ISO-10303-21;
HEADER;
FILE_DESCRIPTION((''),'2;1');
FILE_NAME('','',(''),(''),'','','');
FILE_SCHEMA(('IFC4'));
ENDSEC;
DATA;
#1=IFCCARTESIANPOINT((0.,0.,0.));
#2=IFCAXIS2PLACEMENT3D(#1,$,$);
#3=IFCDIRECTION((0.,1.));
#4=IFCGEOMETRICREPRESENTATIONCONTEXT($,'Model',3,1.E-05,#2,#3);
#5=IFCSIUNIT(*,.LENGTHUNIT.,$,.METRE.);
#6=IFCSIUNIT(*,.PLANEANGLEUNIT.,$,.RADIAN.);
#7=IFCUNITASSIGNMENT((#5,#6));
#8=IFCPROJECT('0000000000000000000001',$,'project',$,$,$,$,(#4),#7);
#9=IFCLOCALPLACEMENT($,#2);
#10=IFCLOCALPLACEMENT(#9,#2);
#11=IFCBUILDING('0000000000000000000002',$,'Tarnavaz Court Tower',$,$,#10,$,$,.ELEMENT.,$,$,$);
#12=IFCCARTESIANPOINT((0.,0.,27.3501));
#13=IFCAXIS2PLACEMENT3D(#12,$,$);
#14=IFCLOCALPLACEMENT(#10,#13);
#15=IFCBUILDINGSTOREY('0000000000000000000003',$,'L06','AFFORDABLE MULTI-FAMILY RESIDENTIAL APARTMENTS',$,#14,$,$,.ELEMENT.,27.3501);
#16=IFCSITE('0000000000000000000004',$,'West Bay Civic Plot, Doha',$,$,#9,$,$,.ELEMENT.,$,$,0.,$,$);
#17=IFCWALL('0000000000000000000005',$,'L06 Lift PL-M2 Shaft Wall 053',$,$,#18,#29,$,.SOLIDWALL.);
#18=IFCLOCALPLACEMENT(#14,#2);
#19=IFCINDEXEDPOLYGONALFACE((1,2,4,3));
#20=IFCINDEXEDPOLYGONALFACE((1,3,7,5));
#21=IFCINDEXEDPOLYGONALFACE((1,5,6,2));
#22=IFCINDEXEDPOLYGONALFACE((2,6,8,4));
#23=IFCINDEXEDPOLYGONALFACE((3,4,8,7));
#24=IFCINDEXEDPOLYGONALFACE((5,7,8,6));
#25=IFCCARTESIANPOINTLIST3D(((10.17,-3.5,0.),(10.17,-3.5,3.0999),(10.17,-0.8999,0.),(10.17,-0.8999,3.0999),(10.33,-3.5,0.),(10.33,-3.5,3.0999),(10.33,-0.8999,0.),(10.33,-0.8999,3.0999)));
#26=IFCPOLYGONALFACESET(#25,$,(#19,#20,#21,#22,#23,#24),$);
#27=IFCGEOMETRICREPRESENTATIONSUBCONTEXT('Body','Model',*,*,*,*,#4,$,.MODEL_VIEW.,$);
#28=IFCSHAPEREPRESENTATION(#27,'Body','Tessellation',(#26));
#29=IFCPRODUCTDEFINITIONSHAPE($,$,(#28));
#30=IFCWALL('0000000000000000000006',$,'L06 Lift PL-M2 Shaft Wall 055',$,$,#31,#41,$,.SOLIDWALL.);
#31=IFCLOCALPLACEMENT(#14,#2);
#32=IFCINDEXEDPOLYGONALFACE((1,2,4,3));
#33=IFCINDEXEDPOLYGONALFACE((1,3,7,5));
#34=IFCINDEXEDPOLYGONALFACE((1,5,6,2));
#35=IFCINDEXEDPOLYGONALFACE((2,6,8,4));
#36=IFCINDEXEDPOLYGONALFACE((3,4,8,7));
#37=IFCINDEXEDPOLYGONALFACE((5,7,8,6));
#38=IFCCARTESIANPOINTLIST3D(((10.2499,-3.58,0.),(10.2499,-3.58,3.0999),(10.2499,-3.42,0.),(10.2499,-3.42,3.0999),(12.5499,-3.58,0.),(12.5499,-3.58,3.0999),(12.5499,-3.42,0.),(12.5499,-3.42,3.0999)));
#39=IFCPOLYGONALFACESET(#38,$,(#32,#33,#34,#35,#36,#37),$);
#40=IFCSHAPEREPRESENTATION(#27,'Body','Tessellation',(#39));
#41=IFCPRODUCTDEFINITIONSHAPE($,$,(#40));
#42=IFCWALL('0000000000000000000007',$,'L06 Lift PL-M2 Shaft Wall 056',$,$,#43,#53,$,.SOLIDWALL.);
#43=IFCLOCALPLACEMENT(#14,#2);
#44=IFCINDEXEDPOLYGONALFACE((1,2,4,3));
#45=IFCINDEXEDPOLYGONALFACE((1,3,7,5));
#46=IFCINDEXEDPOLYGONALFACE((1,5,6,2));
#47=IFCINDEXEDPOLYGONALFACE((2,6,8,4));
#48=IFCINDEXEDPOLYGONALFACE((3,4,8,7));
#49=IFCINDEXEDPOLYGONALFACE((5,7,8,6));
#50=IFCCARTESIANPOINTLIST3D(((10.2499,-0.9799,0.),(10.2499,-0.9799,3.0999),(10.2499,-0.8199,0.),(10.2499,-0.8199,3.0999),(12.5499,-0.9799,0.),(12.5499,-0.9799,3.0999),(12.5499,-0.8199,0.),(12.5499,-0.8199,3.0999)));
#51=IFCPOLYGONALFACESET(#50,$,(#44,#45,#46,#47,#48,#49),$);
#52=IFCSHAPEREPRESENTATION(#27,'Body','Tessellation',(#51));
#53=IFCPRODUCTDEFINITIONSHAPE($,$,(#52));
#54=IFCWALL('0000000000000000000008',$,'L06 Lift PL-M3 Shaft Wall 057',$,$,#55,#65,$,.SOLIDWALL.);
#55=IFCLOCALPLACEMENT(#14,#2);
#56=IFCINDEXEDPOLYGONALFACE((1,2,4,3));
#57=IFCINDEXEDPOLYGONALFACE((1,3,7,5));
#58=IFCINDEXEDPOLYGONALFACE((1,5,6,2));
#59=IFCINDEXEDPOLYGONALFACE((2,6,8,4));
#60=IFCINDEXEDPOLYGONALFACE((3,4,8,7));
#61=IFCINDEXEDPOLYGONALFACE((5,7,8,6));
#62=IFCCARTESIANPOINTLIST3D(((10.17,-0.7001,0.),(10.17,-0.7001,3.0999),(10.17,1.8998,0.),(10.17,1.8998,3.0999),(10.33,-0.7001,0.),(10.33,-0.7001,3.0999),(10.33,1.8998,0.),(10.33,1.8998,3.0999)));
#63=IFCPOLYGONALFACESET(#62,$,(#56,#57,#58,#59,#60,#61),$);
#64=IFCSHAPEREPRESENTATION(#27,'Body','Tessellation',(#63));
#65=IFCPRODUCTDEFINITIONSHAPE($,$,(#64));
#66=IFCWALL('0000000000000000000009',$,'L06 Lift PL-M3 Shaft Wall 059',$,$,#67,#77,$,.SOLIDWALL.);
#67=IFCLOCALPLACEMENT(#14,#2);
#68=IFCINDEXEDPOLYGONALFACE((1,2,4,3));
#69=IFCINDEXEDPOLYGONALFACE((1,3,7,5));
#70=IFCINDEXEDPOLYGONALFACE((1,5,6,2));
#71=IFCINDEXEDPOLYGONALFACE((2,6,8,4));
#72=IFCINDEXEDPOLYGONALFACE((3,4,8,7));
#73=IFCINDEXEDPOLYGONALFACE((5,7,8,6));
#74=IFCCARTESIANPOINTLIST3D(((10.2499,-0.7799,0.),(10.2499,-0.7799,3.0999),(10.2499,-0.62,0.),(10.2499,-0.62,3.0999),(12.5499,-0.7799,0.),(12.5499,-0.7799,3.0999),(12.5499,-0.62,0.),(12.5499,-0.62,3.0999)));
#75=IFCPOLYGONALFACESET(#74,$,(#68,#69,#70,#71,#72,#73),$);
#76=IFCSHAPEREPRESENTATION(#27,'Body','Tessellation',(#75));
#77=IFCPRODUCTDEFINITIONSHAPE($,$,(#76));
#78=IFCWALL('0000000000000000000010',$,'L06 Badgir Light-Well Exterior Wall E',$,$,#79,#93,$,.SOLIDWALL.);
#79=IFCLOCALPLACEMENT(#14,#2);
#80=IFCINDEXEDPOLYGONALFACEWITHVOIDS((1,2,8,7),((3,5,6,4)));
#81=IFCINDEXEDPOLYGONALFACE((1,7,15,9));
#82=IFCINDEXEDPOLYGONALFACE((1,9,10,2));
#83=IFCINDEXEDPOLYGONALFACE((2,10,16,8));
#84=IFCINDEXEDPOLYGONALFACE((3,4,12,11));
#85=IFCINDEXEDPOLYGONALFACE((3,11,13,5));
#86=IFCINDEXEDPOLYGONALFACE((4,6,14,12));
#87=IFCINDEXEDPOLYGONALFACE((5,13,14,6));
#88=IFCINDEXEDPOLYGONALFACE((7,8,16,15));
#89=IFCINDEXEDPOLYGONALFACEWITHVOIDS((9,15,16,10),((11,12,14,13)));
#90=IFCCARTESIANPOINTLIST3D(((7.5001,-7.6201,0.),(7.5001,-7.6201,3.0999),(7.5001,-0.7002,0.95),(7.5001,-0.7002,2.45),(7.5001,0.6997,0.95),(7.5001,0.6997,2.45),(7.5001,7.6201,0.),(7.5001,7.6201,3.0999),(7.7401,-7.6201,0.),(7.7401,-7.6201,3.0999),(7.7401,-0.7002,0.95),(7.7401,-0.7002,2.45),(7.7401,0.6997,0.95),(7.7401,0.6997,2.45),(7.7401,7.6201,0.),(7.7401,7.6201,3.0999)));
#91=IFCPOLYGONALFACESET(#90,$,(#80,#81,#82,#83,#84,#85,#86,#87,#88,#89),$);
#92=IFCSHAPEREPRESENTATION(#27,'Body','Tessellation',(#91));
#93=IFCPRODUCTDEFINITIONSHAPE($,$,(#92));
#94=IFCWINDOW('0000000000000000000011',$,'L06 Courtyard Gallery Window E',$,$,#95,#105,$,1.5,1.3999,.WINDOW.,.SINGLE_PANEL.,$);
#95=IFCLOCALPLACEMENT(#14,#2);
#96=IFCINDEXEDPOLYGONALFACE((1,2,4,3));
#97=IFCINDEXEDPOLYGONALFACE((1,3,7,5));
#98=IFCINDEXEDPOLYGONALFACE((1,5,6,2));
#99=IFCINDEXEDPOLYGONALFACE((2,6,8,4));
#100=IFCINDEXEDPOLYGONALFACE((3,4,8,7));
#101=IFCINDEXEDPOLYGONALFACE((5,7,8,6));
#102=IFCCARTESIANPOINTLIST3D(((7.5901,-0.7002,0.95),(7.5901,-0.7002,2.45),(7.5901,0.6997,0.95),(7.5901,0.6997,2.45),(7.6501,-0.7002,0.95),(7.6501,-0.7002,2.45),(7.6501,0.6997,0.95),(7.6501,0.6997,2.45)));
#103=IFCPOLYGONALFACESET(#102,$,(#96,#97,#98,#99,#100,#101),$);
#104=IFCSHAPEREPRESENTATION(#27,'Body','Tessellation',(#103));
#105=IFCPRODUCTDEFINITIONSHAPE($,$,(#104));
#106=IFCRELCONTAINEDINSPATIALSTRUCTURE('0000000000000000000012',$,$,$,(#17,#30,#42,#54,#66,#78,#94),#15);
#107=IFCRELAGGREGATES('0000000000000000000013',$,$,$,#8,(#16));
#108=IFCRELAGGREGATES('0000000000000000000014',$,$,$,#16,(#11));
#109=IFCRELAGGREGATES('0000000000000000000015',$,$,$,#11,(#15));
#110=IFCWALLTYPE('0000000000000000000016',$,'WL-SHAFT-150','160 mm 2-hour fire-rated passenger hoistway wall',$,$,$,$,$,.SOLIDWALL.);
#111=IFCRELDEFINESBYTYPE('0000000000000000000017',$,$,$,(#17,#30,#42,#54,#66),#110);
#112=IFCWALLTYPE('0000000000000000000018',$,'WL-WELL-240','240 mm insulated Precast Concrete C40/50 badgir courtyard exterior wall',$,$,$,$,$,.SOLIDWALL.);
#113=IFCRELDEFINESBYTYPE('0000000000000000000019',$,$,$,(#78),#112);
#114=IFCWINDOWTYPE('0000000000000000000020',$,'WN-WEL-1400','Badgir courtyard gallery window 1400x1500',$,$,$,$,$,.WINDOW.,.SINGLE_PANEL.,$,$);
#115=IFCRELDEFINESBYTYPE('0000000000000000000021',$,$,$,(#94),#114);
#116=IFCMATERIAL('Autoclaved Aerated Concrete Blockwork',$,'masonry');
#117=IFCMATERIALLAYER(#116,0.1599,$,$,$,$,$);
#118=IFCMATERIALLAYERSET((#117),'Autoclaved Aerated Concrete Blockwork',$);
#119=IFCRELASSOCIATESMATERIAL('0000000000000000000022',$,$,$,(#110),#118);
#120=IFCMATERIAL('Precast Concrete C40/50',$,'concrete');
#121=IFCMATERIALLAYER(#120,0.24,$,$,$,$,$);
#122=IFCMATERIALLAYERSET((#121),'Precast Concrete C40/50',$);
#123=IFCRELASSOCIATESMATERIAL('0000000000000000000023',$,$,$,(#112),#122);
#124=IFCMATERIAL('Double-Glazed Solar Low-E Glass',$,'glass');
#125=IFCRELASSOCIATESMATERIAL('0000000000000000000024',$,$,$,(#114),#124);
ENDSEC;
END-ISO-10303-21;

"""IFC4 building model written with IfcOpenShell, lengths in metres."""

from ifc_helpers import new_model, si_unit, direction, frame, frame_2d, origin, place, context, subcontext, project, spatial, rectangle, extrude, material, layer, layer_set, type_object, element, fill, save


model = new_model("IFC4")

# Units and contexts
model_context = context("Model", 3, precision=1e-05, world=origin(), true_north=direction((0.0, 1.0)))
body_context = subcontext(model_context, "Body", "Model", "MODEL_VIEW")
ifc_project = project(units=[si_unit("LENGTHUNIT", "METRE"), si_unit("PLANEANGLEUNIT", "RADIAN")], contexts=[model_context])

# Site, building, storey
site_placement = place(None, origin())
site = spatial("IfcSite", under=ifc_project, at=site_placement, Name="West Bay Civic Plot, Doha", CompositionType="ELEMENT", RefElevation=0.0)
building_placement = place(site_placement, origin())
building = spatial("IfcBuilding", under=site, at=building_placement, Name="Tarnavaz Court Tower", CompositionType="ELEMENT")
storey_placement = place(building_placement, frame((0.0, 0.0, 27.3501)))
storey = spatial("IfcBuildingStorey", under=building, at=storey_placement, Name="L06", Description="AFFORDABLE MULTI-FAMILY RESIDENTIAL APARTMENTS", CompositionType="ELEMENT", Elevation=27.3501)

# Walls
ifc_material_1 = material(Name="Autoclaved Aerated Concrete Blockwork", Category="masonry")
ifc_layer_1 = layer(ifc_material_1, 0.1599)
ifc_layer_set_1 = layer_set([ifc_layer_1], Name="Autoclaved Aerated Concrete Blockwork")
wall_type_1 = type_object("IfcWallType", Name="WL-SHAFT-150", Description="160 mm 2-hour fire-rated passenger hoistway wall", PredefinedType="SOLIDWALL", material=ifc_layer_set_1)
wall_1_placement = place(storey_placement, frame((10.25, -3.5, 0.0), z_axis=(0.0, 0.0, 1.0), x_axis=(0.0, 1.0, 0.0)))
element("IfcWall", 1, at=wall_1_placement, inside=storey, type_object=wall_type_1, Name="L06 Lift PL-M2 Shaft Wall 053", PredefinedType="SOLIDWALL", context=body_context, shape_type="SweptSolid", body=[
    extrude(rectangle(XDim=2.6001, YDim=0.1599, at=frame_2d((1.3, 0.0))), origin(), (0.0, 0.0, 1.0), 3.0999),
])
for number, where, z_axis, x_axis, name in (
    (2, (10.25, -3.5, 0.0), (0.0, 0.0, 1.0), (1.0, 0.0, 0.0), "L06 Lift PL-M2 Shaft Wall 055"),
    (3, (10.25, -0.8999, 0.0), (0.0, 0.0, 1.0), (1.0, 0.0, 0.0), "L06 Lift PL-M2 Shaft Wall 056"),
):
    element("IfcWall", number, at=place(storey_placement, frame(where, z_axis=z_axis, x_axis=x_axis)), inside=storey, type_object=wall_type_1, Name=name, PredefinedType="SOLIDWALL", context=body_context, shape_type="SweptSolid", body=[
        extrude(rectangle(XDim=2.3, YDim=0.1599, at=frame_2d((1.1499, 0.0))), origin(), (0.0, 0.0, 1.0), 3.0999),
    ])
wall_2_placement = place(storey_placement, frame((10.25, -0.7, 0.0), z_axis=(0.0, 0.0, 1.0), x_axis=(0.0, 1.0, 0.0)))
element("IfcWall", 4, at=wall_2_placement, inside=storey, type_object=wall_type_1, Name="L06 Lift PL-M3 Shaft Wall 057", PredefinedType="SOLIDWALL", context=body_context, shape_type="SweptSolid", body=[
    extrude(rectangle(XDim=2.5999, YDim=0.1599, at=frame_2d((1.2998, 0.0))), origin(), (0.0, 0.0, 1.0), 3.0999),
])
wall_3_placement = place(storey_placement, frame((10.25, -0.7, 0.0), z_axis=(0.0, 0.0, 1.0), x_axis=(1.0, 0.0, 0.0)))
element("IfcWall", 5, at=wall_3_placement, inside=storey, type_object=wall_type_1, Name="L06 Lift PL-M3 Shaft Wall 059", PredefinedType="SOLIDWALL", context=body_context, shape_type="SweptSolid", body=[
    extrude(rectangle(XDim=2.3, YDim=0.1599, at=frame_2d((1.1499, 0.0))), origin(), (0.0, 0.0, 1.0), 3.0999),
])

# Wall, opening, window
ifc_material_2 = material(Name="Precast Concrete C40/50", Category="concrete")
ifc_layer_2 = layer(ifc_material_2, 0.24)
ifc_layer_set_2 = layer_set([ifc_layer_2], Name="Precast Concrete C40/50")
wall_type_2 = type_object("IfcWallType", Name="WL-WELL-240", Description="240 mm insulated Precast Concrete C40/50 badgir courtyard exterior wall", PredefinedType="SOLIDWALL", material=ifc_layer_set_2)
wall_4_placement = place(storey_placement, frame((7.6201, -7.6201, 0.0), z_axis=(0.0, 0.0, 1.0), x_axis=(0.0, 1.0, 0.0)))
wall_4 = element("IfcWall", 6, at=wall_4_placement, inside=storey, type_object=wall_type_2, Name="L06 Badgir Light-Well Exterior Wall E", PredefinedType="SOLIDWALL", context=body_context, shape_type="SweptSolid", body=[
    extrude(rectangle(XDim=15.2402, YDim=0.24, at=frame_2d((7.6201, 0.0))), origin(), (0.0, 0.0, 1.0), 3.0999),
])
opening_1_placement = place(wall_4_placement, frame((6.9199, 0.0, 0.95)))
opening_1 = element("IfcOpeningElement", 7, at=opening_1_placement, cuts=wall_4, PredefinedType="OPENING", context=body_context, shape_type="SweptSolid", body=[
    extrude(rectangle(XDim=1.3999, YDim=1.5, at=frame_2d((0.7, 0.75))), frame((0.0, 0.1299, 0.0), z_axis=(0.0, -1.0, 0.0), x_axis=(1.0, 0.0, 0.0)), (0.0, 0.0, 1.0), 0.26),
])
ifc_material_3 = material(Name="Double-Glazed Solar Low-E Glass", Category="glass")
window_type = type_object("IfcWindowType", Name="WN-WEL-1400", Description="Badgir courtyard gallery window 1400x1500", PartitioningType="SINGLE_PANEL", PredefinedType="WINDOW", material=ifc_material_3)
window_placement = place(opening_1_placement, origin())
window = element("IfcWindow", 8, at=window_placement, inside=storey, type_object=window_type, Name="L06 Courtyard Gallery Window E", OverallHeight=1.5, OverallWidth=1.3999, PartitioningType="SINGLE_PANEL", PredefinedType="WINDOW", context=body_context, shape_type="SweptSolid", body=[
    extrude(rectangle(XDim=1.3999, YDim=1.5, at=frame_2d((0.7, 0.75))), frame((0.0, 0.03, 0.0), z_axis=(0.0, -1.0, 0.0), x_axis=(1.0, 0.0, 0.0)), (0.0, 0.0, 1.0), 0.0601),
])
fill(opening_1, window)

save(model, "model.ifc")
